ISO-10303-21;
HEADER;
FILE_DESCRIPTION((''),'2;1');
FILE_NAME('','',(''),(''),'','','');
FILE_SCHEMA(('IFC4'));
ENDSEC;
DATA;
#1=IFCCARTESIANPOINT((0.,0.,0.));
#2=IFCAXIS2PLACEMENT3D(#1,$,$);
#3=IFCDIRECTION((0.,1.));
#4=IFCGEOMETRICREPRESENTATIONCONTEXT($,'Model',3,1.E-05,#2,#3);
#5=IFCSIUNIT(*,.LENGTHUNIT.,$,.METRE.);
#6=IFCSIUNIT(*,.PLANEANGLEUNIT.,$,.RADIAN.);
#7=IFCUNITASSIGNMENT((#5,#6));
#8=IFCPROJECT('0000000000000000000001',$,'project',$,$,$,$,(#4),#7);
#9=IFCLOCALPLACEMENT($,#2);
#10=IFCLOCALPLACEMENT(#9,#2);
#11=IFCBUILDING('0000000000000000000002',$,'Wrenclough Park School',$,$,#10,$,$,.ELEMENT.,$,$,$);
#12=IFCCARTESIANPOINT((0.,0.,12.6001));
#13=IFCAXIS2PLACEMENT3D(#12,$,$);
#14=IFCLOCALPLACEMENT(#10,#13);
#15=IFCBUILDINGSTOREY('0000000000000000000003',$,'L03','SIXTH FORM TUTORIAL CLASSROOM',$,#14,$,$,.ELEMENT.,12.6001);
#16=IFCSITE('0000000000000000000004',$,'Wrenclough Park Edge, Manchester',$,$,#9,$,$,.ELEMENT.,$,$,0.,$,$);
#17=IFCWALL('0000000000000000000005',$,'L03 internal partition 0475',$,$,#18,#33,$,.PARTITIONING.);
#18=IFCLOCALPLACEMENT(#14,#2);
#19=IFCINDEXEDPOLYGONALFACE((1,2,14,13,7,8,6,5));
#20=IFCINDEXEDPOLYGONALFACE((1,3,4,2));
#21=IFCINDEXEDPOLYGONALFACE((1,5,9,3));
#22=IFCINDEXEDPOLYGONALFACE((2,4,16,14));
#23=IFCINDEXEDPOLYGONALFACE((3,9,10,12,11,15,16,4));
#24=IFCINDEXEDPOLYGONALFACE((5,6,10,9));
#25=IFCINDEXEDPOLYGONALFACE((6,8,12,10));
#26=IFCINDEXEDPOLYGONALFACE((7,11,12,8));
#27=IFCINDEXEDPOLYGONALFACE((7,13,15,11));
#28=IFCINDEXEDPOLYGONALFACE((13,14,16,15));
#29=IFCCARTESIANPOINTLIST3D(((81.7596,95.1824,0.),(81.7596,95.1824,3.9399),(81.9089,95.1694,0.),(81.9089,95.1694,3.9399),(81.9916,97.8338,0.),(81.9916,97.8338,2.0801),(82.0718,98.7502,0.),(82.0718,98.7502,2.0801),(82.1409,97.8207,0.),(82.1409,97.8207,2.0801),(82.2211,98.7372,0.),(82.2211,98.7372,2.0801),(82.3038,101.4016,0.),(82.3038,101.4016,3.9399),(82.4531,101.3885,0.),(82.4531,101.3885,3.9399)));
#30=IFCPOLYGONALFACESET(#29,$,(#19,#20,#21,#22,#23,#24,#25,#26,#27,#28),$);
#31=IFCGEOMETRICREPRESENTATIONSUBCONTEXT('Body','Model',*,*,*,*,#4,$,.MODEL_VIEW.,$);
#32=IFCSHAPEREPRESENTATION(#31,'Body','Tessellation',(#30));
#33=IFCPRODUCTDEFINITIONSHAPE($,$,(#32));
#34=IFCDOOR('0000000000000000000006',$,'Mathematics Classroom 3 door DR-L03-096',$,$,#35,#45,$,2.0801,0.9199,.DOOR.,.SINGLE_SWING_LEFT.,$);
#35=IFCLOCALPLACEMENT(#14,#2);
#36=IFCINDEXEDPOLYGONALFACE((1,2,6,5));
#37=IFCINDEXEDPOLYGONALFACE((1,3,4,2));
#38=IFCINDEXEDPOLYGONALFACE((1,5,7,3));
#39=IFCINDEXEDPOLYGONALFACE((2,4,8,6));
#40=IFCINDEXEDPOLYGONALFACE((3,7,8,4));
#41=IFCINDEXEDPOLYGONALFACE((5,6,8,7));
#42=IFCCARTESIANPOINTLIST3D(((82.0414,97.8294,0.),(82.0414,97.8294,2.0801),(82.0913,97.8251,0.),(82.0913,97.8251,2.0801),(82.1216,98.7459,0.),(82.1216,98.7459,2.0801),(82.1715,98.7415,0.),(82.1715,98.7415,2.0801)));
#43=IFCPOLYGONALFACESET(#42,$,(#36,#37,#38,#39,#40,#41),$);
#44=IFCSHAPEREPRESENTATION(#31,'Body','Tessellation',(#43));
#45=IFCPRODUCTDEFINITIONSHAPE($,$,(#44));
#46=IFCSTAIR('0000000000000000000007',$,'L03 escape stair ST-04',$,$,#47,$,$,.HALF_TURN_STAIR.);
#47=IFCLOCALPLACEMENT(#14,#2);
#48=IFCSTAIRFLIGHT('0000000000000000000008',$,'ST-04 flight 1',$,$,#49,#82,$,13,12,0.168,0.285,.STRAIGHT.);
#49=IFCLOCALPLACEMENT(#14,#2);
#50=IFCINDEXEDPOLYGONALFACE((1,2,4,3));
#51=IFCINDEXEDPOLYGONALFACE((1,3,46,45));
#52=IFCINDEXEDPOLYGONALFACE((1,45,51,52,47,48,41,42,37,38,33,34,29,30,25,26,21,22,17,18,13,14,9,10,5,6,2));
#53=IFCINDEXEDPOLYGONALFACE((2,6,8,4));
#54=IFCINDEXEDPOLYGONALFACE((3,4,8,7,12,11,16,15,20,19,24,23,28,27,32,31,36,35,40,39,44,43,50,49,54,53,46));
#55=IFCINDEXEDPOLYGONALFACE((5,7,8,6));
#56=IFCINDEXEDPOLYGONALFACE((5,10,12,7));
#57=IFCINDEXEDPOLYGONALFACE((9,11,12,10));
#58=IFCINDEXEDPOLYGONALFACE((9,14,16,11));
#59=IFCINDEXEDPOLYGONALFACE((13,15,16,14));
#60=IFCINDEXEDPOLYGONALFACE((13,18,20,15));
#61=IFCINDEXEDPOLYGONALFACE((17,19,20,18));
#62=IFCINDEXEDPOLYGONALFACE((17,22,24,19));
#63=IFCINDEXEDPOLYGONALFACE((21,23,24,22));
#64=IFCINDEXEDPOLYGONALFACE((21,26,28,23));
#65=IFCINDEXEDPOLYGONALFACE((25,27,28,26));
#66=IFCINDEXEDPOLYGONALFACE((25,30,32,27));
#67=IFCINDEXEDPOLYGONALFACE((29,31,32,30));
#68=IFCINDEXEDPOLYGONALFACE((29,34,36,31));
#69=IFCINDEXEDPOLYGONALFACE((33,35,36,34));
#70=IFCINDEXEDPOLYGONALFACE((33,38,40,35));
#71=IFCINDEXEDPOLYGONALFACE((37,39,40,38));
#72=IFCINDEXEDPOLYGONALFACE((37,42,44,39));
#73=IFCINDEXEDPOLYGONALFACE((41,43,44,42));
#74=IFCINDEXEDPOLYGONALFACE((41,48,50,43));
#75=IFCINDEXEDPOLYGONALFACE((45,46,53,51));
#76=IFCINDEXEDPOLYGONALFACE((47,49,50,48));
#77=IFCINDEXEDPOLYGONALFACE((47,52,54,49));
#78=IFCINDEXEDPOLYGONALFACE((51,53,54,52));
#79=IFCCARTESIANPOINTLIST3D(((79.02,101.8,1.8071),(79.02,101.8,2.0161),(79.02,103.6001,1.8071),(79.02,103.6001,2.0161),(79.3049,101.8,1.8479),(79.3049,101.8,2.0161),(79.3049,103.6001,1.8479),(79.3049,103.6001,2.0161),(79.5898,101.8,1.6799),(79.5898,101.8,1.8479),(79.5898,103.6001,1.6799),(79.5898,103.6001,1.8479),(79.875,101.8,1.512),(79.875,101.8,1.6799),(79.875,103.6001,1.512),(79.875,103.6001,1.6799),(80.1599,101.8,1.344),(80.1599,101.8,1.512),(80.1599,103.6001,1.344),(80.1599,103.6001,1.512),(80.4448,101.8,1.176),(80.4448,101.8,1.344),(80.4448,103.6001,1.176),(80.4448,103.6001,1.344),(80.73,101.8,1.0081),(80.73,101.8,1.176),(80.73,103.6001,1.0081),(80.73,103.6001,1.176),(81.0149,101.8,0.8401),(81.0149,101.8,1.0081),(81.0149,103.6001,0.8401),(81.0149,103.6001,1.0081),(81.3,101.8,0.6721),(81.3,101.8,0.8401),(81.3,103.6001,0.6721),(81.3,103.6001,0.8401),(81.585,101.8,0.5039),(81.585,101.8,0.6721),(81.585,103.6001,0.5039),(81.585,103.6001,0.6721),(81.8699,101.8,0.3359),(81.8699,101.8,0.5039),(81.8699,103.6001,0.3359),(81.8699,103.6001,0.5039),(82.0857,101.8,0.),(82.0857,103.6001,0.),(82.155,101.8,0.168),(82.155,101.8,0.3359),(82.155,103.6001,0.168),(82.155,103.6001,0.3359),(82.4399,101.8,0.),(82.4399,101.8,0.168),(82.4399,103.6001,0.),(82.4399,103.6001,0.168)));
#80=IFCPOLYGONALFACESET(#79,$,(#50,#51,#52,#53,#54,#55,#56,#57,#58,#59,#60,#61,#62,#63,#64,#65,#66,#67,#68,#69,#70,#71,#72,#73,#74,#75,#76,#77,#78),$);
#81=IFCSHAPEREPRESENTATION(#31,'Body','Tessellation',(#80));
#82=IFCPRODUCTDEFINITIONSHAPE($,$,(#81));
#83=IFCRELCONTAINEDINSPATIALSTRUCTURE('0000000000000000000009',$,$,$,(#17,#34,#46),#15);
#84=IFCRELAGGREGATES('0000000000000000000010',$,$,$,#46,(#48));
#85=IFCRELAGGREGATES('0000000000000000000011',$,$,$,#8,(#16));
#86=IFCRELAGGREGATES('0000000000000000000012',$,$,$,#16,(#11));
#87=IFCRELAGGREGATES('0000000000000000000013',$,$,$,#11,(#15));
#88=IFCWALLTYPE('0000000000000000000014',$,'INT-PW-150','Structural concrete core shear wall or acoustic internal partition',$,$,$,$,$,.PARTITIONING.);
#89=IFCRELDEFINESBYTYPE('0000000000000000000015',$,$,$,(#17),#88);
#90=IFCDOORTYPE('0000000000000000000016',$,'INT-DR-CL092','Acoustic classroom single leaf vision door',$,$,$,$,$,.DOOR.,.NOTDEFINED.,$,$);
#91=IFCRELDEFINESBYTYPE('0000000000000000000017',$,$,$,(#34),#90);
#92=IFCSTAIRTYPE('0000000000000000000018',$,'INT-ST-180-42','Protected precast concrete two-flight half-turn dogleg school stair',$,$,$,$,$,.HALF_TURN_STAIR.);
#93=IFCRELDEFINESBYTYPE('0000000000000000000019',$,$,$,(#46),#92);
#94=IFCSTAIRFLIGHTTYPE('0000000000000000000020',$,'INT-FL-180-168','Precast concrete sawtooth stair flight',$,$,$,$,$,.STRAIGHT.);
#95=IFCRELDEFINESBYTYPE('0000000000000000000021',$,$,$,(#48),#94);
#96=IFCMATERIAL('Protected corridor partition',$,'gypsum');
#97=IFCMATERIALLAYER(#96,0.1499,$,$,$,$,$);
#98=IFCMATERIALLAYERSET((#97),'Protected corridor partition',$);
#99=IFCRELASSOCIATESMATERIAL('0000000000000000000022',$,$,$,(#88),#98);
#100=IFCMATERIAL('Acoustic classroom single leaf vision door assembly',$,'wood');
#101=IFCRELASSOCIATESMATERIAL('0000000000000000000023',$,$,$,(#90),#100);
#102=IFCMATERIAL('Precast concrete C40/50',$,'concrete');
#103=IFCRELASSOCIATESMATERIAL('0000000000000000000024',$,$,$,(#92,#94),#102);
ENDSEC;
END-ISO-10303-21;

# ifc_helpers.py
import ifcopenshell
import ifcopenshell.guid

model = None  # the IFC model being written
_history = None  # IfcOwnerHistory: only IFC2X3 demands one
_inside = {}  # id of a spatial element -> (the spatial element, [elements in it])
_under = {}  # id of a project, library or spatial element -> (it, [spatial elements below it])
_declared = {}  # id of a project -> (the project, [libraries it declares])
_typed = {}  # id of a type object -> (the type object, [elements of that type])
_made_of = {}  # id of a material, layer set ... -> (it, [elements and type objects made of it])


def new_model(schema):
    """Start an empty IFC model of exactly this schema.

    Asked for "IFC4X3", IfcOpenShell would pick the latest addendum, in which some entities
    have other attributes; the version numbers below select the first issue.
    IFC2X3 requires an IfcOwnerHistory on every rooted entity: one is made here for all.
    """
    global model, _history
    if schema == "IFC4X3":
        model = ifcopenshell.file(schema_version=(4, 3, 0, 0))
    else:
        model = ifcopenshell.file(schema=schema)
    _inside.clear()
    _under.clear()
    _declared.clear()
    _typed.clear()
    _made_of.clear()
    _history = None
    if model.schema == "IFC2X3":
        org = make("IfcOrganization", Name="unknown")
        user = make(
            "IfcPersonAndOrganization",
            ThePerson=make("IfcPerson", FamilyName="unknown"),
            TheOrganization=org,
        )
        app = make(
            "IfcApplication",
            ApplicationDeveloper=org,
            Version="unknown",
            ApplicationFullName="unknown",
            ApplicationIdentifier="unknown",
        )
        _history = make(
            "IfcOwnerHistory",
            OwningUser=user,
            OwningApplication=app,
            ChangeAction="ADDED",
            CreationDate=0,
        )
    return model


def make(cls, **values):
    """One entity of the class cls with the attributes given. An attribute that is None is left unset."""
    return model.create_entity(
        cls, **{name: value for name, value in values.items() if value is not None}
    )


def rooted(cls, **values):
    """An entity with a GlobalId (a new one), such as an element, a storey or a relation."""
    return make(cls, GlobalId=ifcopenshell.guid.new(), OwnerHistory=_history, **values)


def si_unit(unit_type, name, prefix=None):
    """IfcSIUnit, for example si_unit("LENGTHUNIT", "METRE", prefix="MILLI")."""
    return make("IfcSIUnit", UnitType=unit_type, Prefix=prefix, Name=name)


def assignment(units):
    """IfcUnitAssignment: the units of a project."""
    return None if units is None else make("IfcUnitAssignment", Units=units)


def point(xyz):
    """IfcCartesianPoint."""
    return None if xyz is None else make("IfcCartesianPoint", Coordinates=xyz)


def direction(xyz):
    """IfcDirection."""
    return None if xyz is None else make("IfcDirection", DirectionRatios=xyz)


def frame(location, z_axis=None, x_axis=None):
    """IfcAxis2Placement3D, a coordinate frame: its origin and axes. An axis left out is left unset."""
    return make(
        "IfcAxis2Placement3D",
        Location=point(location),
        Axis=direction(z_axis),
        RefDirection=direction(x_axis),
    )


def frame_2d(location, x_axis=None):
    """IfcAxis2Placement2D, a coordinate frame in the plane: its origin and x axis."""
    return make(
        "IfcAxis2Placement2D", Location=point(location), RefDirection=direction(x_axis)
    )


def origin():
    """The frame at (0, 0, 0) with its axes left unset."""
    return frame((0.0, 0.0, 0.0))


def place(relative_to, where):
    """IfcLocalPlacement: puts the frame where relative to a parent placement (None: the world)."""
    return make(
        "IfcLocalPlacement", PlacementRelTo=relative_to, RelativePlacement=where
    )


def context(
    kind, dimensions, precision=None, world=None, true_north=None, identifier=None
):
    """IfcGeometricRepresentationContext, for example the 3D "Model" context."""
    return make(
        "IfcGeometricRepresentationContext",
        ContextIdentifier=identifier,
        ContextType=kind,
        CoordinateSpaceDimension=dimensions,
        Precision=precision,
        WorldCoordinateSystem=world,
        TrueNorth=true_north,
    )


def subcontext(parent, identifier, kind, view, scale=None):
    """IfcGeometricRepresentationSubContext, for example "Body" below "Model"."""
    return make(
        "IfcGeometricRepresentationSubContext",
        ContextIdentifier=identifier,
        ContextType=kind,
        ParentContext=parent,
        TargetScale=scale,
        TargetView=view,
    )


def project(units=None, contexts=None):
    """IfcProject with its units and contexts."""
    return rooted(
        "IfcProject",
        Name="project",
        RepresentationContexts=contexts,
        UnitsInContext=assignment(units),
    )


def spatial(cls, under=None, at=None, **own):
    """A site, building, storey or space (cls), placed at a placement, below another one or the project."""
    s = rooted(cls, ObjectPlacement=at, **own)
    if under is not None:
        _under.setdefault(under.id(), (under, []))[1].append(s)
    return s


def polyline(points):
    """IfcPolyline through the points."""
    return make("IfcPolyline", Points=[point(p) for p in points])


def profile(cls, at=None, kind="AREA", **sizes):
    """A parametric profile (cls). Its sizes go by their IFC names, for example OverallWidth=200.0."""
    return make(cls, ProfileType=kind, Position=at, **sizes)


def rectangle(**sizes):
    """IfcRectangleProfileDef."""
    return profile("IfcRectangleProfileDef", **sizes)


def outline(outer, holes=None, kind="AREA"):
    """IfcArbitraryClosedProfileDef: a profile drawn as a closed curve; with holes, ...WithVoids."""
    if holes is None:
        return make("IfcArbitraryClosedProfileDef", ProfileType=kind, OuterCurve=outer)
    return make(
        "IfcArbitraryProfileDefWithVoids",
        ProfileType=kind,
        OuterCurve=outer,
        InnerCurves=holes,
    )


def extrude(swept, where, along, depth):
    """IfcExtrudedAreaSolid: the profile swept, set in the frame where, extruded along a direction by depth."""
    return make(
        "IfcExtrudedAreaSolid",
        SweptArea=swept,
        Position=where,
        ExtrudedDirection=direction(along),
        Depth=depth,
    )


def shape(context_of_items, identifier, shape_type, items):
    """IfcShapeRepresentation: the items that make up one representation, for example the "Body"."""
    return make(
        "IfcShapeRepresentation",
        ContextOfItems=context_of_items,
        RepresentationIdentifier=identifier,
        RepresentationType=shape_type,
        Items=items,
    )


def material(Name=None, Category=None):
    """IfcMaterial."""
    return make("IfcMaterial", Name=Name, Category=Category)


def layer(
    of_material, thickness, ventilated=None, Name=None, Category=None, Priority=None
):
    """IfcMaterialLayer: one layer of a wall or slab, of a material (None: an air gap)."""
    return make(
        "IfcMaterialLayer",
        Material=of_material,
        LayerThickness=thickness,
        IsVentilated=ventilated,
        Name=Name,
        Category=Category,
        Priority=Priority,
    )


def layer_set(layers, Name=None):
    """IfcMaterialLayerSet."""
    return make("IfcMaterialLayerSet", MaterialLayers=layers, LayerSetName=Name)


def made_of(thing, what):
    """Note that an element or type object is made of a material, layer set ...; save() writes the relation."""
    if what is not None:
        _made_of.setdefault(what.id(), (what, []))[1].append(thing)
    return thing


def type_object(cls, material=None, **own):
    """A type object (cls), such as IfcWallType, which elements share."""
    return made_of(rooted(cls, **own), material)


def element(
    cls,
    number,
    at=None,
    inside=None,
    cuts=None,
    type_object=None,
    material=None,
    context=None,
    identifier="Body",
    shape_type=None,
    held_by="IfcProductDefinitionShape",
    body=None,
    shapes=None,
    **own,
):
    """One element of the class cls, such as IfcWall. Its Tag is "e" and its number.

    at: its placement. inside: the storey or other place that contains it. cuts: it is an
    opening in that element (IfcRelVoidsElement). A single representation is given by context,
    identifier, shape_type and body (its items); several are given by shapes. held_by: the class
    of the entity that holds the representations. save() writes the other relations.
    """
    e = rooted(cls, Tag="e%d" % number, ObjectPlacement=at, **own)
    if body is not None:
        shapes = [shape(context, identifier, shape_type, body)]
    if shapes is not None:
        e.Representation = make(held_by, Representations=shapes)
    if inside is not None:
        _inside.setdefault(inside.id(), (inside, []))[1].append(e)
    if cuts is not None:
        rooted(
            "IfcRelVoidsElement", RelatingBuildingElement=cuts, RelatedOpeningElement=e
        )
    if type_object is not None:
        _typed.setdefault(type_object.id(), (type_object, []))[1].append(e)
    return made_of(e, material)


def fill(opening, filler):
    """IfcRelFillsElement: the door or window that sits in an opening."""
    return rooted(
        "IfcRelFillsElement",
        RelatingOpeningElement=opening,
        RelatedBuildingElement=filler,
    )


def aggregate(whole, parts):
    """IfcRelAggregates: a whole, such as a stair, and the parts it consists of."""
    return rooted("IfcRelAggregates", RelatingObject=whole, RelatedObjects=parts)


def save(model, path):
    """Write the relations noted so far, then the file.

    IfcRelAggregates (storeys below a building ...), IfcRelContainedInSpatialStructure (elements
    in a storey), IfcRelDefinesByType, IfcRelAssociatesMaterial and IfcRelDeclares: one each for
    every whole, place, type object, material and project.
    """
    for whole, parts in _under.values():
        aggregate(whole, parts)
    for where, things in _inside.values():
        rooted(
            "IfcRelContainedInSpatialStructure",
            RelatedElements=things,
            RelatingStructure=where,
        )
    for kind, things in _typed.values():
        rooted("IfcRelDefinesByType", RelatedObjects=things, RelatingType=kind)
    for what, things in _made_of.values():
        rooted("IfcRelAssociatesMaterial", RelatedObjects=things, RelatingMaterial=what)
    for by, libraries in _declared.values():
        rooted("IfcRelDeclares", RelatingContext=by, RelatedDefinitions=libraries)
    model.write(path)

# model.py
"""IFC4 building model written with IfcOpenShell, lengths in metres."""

from ifc_helpers import new_model, si_unit, direction, frame, frame_2d, origin, place, context, subcontext, project, spatial, polyline, rectangle, outline, extrude, material, layer, layer_set, type_object, element, fill, aggregate, save


model = new_model("IFC4")

# Units and contexts
model_context = context("Model", 3, precision=1e-05, world=origin(), true_north=direction((0.0, 1.0)))
body_context = subcontext(model_context, "Body", "Model", "MODEL_VIEW")
ifc_project = project(units=[si_unit("LENGTHUNIT", "METRE"), si_unit("PLANEANGLEUNIT", "RADIAN")], contexts=[model_context])

# Site, building, storey
site_placement = place(None, origin())
site = spatial("IfcSite", under=ifc_project, at=site_placement, Name="Wrenclough Park Edge, Manchester", CompositionType="ELEMENT", RefElevation=0.0)
building_placement = place(site_placement, origin())
building = spatial("IfcBuilding", under=site, at=building_placement, Name="Wrenclough Park School", CompositionType="ELEMENT")
storey_placement = place(building_placement, frame((0.0, 0.0, 12.6001)))
storey = spatial("IfcBuildingStorey", under=building, at=storey_placement, Name="L03", Description="SIXTH FORM TUTORIAL CLASSROOM", CompositionType="ELEMENT", Elevation=12.6001)

# Wall, opening, door
ifc_material_1 = material(Name="Protected corridor partition", Category="gypsum")
ifc_layer_1 = layer(ifc_material_1, 0.1499)
ifc_layer_set_1 = layer_set([ifc_layer_1], Name="Protected corridor partition")
wall_type_1 = type_object("IfcWallType", Name="INT-PW-150", Description="Structural concrete core shear wall or acoustic internal partition", PredefinedType="PARTITIONING", material=ifc_layer_set_1)
wall_1_placement = place(storey_placement, frame((81.8342, 95.1758, 0.0), z_axis=(0.0, 0.0, 1.0), x_axis=(0.087168, 0.996194, 0.0)))
wall_1 = element("IfcWall", 1, at=wall_1_placement, inside=storey, type_object=wall_type_1, Name="L03 internal partition 0475", PredefinedType="PARTITIONING", context=body_context, shape_type="SweptSolid", body=[
    extrude(rectangle(XDim=6.2429, YDim=0.1499, at=frame_2d((3.1216, 0.0))), origin(), (0.0, 0.0, 1.0), 3.9399),
])
opening_1_placement = place(wall_1_placement, frame((2.6616, 0.0, 0.0)))
opening_1 = element("IfcOpeningElement", 2, at=opening_1_placement, cuts=wall_1, PredefinedType="OPENING", context=body_context, shape_type="SweptSolid", body=[
    extrude(rectangle(XDim=0.9199, YDim=2.0801, at=frame_2d((0.46, 1.04))), frame((0.0, 0.085, 0.0), z_axis=(0.0, -1.0, 0.0), x_axis=(1.0, 0.0, 0.0)), (0.0, 0.0, 1.0), 0.1699),
])
ifc_material_2 = material(Name="Acoustic classroom single leaf vision door assembly", Category="wood")
door_type_1 = type_object("IfcDoorType", Name="INT-DR-CL092", Description="Acoustic classroom single leaf vision door", OperationType="NOTDEFINED", PredefinedType="DOOR", material=ifc_material_2)
door_1_placement = place(opening_1_placement, origin())
door_1 = element("IfcDoor", 3, at=door_1_placement, inside=storey, type_object=door_type_1, Name="Mathematics Classroom 3 door DR-L03-096", OperationType="SINGLE_SWING_LEFT", OverallHeight=2.0801, OverallWidth=0.9199, PredefinedType="DOOR", context=body_context, shape_type="SweptSolid", body=[
    extrude(rectangle(XDim=0.9199, YDim=2.0801, at=frame_2d((0.46, 1.04))), frame((0.0, 0.0249, 0.0), z_axis=(0.0, -1.0, 0.0), x_axis=(1.0, 0.0, 0.0)), (0.0, 0.0, 1.0), 0.05),
])
fill(opening_1, door_1)

# Stair, stair flight
ifc_material_3 = material(Name="Precast concrete C40/50", Category="concrete")
stair_type = type_object("IfcStairType", Name="INT-ST-180-42", Description="Protected precast concrete two-flight half-turn dogleg school stair", PredefinedType="HALF_TURN_STAIR", material=ifc_material_3)
stair_placement = place(storey_placement, origin())
stair = element("IfcStair", 4, at=stair_placement, inside=storey, type_object=stair_type, Name="L03 escape stair ST-04", PredefinedType="HALF_TURN_STAIR")
stair_flight_type = type_object("IfcStairFlightType", Name="INT-FL-180-168", Description="Precast concrete sawtooth stair flight", PredefinedType="STRAIGHT", material=ifc_material_3)
stair_flight_placement = place(storey_placement, frame((82.4399, 102.7, 0.0), z_axis=(0.0, 0.0, 1.0), x_axis=(-1.0, 0.0, 0.0)))
stair_flight = element("IfcStairFlight", 5, at=stair_flight_placement, type_object=stair_flight_type, Name="ST-04 flight 1", NumberOfRisers=13, NumberOfTreads=12, PredefinedType="STRAIGHT", RiserHeight=0.168, TreadLength=0.285, context=body_context, shape_type="SweptSolid", body=[
    extrude(outline(polyline([(0.0, 0.0), (0.0, 0.168), (0.2849, 0.168), (0.2849, 0.3359), (0.5701, 0.3359), (0.5701, 0.5039), (0.855, 0.5039), (0.855, 0.6721), (1.1399, 0.6721), (1.1399, 0.8401), (1.425, 0.8401), (1.425, 1.0081), (1.71, 1.0081), (1.71, 1.176), (1.9951, 1.176), (1.9951, 1.344), (2.28, 1.344), (2.28, 1.512), (2.5649, 1.512), (2.5649, 1.6799), (2.8501, 1.6799), (2.8501, 1.8479), (3.135, 1.8479), (3.135, 2.0161), (3.4199, 2.0161), (3.4199, 2.1841), (3.4199, 1.8071), (0.3542, 0.0), (0.0, 0.0)])), frame((0.0, 0.8999, 0.0), z_axis=(0.0, -1.0, 0.0), x_axis=(1.0, 0.0, 0.0)), (0.0, 0.0, 1.0), 1.8),
])
aggregate(stair, [stair_flight])

save(model, "model.ifc")
